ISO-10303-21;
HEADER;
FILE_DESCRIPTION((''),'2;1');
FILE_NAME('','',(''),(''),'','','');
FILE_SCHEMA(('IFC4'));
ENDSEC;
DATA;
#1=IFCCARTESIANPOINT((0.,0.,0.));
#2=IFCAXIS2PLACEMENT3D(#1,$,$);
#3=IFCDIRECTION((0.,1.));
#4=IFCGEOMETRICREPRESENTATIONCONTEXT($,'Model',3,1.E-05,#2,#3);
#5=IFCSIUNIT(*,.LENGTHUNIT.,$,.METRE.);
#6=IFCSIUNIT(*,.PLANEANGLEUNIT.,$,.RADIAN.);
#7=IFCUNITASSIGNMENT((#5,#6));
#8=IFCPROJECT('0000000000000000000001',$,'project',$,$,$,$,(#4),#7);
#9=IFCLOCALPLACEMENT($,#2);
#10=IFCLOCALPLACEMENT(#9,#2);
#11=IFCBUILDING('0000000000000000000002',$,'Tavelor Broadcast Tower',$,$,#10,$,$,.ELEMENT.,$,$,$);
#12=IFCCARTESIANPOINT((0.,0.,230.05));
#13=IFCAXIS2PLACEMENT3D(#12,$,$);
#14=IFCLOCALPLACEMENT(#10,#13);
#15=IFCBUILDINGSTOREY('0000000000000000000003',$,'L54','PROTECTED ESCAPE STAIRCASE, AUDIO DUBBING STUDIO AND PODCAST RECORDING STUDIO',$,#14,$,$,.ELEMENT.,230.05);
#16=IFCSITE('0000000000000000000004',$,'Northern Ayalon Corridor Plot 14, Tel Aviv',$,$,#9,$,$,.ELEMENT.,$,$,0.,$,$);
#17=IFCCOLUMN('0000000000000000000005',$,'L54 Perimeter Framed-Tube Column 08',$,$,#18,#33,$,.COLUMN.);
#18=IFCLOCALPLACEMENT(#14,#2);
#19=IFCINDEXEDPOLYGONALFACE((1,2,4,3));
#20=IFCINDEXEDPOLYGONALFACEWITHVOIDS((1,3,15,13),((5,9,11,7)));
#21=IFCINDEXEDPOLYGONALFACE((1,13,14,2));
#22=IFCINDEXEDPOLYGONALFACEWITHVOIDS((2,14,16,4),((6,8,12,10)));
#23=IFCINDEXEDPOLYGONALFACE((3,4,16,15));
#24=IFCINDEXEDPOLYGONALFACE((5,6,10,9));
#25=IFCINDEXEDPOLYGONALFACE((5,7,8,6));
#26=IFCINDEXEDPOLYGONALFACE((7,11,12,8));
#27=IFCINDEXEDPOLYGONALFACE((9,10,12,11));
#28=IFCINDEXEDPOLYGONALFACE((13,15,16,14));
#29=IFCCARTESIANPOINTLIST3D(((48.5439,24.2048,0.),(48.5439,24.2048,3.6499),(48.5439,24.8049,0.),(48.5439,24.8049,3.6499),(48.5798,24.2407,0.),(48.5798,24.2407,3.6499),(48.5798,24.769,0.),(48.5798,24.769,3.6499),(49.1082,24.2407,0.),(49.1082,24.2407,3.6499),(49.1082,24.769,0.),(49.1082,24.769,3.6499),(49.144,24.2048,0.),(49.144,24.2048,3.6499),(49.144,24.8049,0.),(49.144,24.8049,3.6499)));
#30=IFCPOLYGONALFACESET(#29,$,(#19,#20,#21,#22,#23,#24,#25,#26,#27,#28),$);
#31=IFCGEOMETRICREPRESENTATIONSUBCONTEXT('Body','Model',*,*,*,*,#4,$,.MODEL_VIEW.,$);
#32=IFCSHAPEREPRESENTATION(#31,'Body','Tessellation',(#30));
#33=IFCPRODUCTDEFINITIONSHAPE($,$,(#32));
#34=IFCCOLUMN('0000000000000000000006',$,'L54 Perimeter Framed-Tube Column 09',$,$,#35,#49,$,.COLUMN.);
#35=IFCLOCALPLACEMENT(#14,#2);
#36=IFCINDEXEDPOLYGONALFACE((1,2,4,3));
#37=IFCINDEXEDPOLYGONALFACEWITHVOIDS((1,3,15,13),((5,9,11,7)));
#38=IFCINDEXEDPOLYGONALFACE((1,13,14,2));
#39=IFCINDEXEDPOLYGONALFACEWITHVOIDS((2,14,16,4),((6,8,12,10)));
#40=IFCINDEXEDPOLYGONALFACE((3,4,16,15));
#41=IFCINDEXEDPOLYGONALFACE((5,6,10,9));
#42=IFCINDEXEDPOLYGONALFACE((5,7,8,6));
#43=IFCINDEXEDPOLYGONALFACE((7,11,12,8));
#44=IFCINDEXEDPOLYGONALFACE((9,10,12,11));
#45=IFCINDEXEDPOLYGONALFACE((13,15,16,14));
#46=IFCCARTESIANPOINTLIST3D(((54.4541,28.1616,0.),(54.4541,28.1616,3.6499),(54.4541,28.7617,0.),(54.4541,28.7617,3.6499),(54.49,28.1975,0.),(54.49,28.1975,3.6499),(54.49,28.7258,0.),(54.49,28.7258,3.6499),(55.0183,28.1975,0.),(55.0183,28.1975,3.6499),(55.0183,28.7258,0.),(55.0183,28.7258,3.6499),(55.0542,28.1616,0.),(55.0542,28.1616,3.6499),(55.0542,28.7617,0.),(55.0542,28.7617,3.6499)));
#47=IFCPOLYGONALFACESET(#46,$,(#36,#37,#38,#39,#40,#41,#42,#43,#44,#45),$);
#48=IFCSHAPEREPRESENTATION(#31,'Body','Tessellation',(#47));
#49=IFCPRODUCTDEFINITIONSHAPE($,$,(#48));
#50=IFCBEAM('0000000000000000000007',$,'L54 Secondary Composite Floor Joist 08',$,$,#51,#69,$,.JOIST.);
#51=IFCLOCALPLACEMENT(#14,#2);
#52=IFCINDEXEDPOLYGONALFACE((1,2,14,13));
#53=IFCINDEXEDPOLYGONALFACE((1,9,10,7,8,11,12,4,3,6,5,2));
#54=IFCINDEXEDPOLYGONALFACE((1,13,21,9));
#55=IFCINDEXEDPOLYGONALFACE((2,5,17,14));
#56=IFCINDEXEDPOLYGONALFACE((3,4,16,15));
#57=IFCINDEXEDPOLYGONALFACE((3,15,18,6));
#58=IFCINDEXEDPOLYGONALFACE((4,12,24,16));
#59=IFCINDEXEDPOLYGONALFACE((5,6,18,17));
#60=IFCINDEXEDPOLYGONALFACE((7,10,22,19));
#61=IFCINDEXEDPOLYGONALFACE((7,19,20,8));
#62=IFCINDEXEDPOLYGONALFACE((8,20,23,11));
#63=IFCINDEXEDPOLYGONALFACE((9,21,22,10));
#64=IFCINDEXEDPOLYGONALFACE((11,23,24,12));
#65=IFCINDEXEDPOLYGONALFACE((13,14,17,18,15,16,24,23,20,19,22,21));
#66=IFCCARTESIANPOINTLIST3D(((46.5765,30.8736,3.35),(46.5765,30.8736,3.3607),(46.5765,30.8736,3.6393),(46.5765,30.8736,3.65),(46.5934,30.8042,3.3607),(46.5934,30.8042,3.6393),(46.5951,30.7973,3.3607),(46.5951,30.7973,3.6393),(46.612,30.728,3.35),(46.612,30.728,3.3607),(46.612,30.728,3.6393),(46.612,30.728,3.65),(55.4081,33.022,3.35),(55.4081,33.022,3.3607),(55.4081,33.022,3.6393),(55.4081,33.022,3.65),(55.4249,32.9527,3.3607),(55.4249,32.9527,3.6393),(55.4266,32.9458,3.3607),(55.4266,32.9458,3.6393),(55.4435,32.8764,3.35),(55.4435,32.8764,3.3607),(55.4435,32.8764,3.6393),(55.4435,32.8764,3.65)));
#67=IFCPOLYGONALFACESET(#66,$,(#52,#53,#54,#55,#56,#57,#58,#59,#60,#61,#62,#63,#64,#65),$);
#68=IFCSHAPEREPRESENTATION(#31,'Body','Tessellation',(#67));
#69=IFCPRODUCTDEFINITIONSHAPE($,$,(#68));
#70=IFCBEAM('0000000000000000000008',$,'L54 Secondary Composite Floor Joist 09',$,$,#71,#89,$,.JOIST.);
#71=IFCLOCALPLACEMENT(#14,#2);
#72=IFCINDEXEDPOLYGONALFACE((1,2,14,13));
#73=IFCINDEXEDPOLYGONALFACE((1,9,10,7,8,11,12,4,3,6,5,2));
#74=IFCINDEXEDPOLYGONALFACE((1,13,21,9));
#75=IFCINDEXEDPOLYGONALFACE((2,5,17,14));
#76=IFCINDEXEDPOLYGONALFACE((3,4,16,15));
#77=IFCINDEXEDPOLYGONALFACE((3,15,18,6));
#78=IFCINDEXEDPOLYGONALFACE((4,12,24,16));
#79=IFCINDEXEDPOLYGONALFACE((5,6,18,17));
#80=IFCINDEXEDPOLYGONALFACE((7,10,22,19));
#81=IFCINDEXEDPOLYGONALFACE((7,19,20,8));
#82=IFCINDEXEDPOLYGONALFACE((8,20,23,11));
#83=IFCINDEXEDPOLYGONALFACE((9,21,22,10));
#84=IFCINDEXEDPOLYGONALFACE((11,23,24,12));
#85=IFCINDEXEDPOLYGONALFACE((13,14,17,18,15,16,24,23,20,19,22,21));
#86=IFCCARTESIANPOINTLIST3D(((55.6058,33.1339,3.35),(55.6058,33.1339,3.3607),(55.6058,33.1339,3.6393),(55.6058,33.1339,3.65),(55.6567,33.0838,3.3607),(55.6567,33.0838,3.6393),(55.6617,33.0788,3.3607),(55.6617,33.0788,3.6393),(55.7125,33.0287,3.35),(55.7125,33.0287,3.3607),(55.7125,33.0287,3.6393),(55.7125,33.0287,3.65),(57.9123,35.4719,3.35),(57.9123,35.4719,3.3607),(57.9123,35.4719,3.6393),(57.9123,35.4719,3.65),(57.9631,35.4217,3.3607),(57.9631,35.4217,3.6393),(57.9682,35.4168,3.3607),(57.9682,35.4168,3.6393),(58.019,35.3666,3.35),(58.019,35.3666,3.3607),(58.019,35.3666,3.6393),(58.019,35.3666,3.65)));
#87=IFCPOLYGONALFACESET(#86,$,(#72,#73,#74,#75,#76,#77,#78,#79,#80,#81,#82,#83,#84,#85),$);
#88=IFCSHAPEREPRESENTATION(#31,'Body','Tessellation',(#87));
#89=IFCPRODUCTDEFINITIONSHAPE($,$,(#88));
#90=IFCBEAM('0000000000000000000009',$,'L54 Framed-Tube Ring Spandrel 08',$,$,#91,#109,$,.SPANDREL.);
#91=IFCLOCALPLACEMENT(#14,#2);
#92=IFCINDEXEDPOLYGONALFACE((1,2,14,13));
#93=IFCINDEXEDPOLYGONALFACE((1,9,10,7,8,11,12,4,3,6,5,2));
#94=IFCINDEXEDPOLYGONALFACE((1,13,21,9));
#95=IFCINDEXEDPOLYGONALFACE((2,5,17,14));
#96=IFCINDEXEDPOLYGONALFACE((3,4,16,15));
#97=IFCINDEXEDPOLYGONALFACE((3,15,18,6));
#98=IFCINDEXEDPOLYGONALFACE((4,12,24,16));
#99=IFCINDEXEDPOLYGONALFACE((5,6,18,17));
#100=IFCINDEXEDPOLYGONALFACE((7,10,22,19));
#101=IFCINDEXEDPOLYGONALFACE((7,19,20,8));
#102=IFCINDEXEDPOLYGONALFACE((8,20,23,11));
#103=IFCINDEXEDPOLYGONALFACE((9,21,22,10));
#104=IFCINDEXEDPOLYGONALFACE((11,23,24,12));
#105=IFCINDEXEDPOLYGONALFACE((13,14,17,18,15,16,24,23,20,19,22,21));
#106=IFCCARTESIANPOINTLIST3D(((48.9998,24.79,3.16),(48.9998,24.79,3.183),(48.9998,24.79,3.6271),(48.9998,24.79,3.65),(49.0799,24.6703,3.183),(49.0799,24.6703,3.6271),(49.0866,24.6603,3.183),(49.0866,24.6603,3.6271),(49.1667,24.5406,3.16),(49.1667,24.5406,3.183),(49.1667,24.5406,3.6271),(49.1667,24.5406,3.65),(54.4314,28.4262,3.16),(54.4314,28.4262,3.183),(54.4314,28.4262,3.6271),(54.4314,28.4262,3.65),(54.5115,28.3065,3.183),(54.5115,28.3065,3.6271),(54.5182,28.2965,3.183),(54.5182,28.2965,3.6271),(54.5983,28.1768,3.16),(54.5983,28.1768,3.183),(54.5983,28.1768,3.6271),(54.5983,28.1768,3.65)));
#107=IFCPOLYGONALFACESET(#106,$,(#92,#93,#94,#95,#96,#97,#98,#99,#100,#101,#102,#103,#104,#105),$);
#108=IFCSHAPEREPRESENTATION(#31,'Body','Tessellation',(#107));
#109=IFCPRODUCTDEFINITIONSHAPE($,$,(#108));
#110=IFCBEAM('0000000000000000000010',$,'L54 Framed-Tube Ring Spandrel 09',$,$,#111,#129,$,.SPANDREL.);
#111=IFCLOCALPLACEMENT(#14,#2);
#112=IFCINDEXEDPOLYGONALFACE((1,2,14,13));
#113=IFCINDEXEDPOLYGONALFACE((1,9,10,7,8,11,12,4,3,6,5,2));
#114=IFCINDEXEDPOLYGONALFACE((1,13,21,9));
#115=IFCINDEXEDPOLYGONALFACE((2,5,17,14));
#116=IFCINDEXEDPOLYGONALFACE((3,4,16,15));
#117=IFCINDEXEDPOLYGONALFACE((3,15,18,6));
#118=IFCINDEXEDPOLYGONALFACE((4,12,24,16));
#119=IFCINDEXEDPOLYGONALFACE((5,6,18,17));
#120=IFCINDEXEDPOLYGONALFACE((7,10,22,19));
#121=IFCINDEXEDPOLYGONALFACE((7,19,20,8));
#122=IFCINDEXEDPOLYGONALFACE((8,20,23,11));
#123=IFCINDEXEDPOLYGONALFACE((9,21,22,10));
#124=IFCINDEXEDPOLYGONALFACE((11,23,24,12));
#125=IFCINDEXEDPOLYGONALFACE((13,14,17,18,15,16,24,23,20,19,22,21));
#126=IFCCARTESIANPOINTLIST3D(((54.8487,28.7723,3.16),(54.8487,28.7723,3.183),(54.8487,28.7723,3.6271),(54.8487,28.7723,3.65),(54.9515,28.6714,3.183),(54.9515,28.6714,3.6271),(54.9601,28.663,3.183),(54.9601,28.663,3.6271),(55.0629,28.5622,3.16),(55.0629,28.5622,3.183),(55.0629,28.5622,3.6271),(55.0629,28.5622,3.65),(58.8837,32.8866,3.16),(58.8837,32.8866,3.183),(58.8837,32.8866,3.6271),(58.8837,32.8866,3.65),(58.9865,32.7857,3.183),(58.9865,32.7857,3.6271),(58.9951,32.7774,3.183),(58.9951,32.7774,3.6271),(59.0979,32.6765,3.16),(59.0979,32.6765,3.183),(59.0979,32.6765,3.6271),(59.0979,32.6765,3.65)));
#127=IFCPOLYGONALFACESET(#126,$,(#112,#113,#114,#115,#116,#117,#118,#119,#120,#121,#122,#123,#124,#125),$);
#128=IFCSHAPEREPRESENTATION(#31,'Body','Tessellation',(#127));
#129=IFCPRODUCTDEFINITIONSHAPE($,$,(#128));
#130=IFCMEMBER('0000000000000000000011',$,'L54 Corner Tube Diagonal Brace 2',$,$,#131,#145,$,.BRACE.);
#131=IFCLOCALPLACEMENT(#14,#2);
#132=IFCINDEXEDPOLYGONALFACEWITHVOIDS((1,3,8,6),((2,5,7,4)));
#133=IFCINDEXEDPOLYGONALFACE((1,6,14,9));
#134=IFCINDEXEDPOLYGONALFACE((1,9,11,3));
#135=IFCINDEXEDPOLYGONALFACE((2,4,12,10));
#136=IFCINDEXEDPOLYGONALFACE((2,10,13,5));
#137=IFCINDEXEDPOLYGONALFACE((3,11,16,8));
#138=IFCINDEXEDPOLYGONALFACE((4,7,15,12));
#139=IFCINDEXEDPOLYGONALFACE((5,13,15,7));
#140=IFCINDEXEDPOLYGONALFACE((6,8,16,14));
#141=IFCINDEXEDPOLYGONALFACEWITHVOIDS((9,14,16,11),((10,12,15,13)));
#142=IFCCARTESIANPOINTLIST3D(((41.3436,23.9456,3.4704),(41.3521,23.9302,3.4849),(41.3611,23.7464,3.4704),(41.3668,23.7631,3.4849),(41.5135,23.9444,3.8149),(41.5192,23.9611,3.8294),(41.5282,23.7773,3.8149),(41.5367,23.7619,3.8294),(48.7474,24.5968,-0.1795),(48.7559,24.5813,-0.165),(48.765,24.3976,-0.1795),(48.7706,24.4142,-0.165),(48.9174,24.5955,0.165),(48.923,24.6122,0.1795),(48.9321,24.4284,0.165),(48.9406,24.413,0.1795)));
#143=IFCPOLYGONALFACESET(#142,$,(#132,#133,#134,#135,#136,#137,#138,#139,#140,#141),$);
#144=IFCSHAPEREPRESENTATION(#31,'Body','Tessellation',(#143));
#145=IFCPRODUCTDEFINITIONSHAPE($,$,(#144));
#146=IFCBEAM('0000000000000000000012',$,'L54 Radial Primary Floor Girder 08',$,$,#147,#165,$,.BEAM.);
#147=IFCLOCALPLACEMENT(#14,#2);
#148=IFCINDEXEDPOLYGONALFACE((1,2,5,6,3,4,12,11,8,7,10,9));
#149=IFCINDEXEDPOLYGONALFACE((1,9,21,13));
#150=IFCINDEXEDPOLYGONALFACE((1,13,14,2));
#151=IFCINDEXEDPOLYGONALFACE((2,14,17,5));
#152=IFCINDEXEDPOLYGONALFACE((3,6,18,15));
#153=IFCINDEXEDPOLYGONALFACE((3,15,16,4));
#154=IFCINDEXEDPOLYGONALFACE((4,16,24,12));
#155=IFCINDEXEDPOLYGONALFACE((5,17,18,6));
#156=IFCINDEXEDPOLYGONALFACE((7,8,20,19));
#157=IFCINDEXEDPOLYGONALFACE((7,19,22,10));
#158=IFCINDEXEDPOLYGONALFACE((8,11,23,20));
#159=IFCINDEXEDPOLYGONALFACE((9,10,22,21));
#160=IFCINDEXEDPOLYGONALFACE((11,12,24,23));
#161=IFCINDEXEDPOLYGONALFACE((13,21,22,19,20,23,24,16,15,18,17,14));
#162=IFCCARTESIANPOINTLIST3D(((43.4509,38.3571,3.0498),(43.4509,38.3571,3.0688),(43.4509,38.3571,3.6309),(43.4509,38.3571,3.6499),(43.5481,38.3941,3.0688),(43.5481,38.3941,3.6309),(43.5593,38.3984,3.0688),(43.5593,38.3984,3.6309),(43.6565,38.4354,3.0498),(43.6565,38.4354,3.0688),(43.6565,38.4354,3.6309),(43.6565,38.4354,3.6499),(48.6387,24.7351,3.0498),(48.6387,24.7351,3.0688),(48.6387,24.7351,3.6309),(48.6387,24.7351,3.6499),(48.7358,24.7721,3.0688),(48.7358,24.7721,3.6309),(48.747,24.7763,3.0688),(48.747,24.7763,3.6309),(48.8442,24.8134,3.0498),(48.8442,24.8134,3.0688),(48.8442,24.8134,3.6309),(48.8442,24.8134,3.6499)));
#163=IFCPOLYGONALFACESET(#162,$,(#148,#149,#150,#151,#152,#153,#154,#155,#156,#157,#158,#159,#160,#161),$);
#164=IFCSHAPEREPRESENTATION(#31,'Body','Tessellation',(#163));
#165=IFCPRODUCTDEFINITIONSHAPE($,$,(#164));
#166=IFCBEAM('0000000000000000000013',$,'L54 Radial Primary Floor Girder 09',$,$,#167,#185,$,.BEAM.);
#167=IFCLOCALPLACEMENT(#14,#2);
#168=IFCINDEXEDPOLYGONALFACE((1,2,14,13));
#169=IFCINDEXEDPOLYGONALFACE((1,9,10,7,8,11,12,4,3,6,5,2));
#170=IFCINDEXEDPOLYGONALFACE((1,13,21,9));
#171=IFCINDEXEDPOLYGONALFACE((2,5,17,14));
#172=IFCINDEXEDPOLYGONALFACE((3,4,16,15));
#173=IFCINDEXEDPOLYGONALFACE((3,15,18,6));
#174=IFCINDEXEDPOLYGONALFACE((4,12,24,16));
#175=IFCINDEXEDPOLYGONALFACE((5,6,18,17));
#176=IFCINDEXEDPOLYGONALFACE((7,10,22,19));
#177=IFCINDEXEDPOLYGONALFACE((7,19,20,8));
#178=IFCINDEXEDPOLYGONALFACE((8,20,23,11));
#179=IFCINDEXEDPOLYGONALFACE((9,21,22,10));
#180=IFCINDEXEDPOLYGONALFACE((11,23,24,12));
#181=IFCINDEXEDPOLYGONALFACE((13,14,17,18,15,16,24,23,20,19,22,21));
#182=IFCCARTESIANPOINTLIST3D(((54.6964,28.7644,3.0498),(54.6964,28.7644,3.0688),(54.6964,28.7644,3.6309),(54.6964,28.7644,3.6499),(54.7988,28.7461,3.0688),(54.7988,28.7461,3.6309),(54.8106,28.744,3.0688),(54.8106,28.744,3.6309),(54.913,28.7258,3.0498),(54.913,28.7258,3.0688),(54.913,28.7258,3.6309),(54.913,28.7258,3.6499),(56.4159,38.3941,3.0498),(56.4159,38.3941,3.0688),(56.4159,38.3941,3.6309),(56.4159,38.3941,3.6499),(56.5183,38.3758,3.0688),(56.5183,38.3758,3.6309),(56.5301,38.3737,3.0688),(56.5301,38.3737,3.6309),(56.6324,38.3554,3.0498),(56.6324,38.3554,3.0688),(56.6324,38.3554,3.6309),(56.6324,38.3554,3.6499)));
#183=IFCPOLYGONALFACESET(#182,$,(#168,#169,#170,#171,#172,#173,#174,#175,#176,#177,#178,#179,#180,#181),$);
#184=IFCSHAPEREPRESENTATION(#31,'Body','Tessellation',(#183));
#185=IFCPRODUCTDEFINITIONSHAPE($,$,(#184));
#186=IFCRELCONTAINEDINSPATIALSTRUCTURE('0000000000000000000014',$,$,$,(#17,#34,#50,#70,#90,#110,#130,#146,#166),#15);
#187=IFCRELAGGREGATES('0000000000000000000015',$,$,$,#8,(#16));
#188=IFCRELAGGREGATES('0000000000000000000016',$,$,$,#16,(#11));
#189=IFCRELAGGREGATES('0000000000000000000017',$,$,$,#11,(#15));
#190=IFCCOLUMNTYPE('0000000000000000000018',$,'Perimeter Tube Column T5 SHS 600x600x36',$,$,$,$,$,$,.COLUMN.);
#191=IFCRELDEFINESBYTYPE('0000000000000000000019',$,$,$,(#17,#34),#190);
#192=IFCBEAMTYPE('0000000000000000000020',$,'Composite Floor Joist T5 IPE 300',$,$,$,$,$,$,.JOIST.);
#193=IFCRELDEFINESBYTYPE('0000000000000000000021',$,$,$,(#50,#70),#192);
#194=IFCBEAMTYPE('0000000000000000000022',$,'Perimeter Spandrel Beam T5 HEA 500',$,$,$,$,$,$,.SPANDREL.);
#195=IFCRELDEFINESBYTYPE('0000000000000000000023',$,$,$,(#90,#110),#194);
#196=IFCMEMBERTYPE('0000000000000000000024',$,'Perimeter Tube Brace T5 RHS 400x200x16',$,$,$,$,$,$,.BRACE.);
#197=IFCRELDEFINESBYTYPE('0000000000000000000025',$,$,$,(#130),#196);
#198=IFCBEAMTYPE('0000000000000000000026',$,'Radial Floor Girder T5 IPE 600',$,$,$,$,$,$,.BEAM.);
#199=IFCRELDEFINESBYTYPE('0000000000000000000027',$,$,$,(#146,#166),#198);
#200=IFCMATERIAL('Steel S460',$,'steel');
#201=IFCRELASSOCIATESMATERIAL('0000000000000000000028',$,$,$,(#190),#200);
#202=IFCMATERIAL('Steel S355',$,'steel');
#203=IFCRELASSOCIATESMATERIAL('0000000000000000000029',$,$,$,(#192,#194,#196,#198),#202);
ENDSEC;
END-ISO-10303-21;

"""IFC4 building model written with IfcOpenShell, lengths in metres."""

from ifc_helpers import new_model, si_unit, direction, frame, origin, origin_2d, place, context, subcontext, project, spatial, hollow_rectangle, i_section, extrude, material, material_profile, profile_set, type_object, element, save


model = new_model("IFC4")

# Units and contexts
model_context = context("Model", 3, precision=1e-05, world=origin(), true_north=direction((0.0, 1.0)))
body_context = subcontext(model_context, "Body", "Model", "MODEL_VIEW")
ifc_project = project(units=[si_unit("LENGTHUNIT", "METRE"), si_unit("PLANEANGLEUNIT", "RADIAN")], contexts=[model_context])

# Site, building, storey
site_placement = place(None, origin())
site = spatial("IfcSite", under=ifc_project, at=site_placement, Name="Northern Ayalon Corridor Plot 14, Tel Aviv", CompositionType="ELEMENT", RefElevation=0.0)
building_placement = place(site_placement, origin())
building = spatial("IfcBuilding", under=site, at=building_placement, Name="Tavelor Broadcast Tower", CompositionType="ELEMENT")
storey_placement = place(building_placement, frame((0.0, 0.0, 230.05)))
storey = spatial("IfcBuildingStorey", under=building, at=storey_placement, Name="L54", Description="PROTECTED ESCAPE STAIRCASE, AUDIO DUBBING STUDIO AND PODCAST RECORDING STUDIO", CompositionType="ELEMENT", Elevation=230.05)

# Columns
ifc_material_1 = material(Name="Steel S460", Category="steel")
ifc_material_profile_1 = material_profile(ifc_material_1, hollow_rectangle(XDim=0.6001, YDim=0.6001, WallThickness=0.0359, at=origin_2d()), Name="SHS 600x600x36")
ifc_profile_set_1 = profile_set([ifc_material_profile_1], Name="Steel S460")
column_type = type_object("IfcColumnType", Name="Perimeter Tube Column T5 SHS 600x600x36", PredefinedType="COLUMN", material=ifc_profile_set_1)
for number, where, z_axis, x_axis, name in (
    (1, (48.844, 24.5049, 0.0), (0.0, 0.0, 1.0), (1.0, 0.0, 0.0), "L54 Perimeter Framed-Tube Column 08"),
    (2, (54.7542, 28.4617, 0.0), (0.0, 0.0, 1.0), (1.0, 0.0, 0.0), "L54 Perimeter Framed-Tube Column 09"),
):
    element("IfcColumn", number, at=place(storey_placement, frame(where, z_axis=z_axis, x_axis=x_axis)), inside=storey, type_object=column_type, Name=name, PredefinedType="COLUMN", context=body_context, shape_type="SweptSolid", body=[
        extrude(hollow_rectangle(XDim=0.6001, YDim=0.6001, WallThickness=0.0359, at=origin_2d()), origin(), (0.0, 0.0, 1.0), 3.6499),
    ])

# Beams
ifc_material_2 = material(Name="Steel S355", Category="steel")
ifc_material_profile_2 = material_profile(ifc_material_2, i_section(OverallWidth=0.1499, OverallDepth=0.3, WebThickness=0.0071, FlangeThickness=0.0107, at=origin_2d()), Name="IPE 300")
ifc_profile_set_2 = profile_set([ifc_material_profile_2], Name="Steel S355")
beam_type_1 = type_object("IfcBeamType", Name="Composite Floor Joist T5 IPE 300", PredefinedType="JOIST", material=ifc_profile_set_2)
beam_1_placement = place(storey_placement, frame((46.5942, 30.8008, 3.5), z_axis=(0.971662, 0.236375, 0.0), x_axis=(-0.236375, 0.971662, 0.0)))
element("IfcBeam", 3, at=beam_1_placement, inside=storey, type_object=beam_type_1, Name="L54 Secondary Composite Floor Joist 08", PredefinedType="JOIST", context=body_context, shape_type="SweptSolid", body=[
    extrude(i_section(OverallWidth=0.1499, OverallDepth=0.3, WebThickness=0.0071, FlangeThickness=0.0107, at=origin_2d()), origin(), (0.0, 0.0, 1.0), 9.0891),
])
beam_2_placement = place(storey_placement, frame((55.6592, 33.0813, 3.5), z_axis=(0.702296, 0.711885, 0.0), x_axis=(-0.711885, 0.702296, 0.0)))
element("IfcBeam", 4, at=beam_2_placement, inside=storey, type_object=beam_type_1, Name="L54 Secondary Composite Floor Joist 09", PredefinedType="JOIST", context=body_context, shape_type="SweptSolid", body=[
    extrude(i_section(OverallWidth=0.1499, OverallDepth=0.3, WebThickness=0.0071, FlangeThickness=0.0107, at=origin_2d()), origin(), (0.0, 0.0, 1.0), 3.2842),
])
ifc_material_profile_3 = material_profile(ifc_material_2, i_section(OverallWidth=0.3, OverallDepth=0.49, WebThickness=0.012, FlangeThickness=0.0229, at=origin_2d()), Name="HEA 500")
ifc_profile_set_3 = profile_set([ifc_material_profile_3], Name="Steel S355")
beam_type_2 = type_object("IfcBeamType", Name="Perimeter Spandrel Beam T5 HEA 500", PredefinedType="SPANDREL", material=ifc_profile_set_3)
beam_3_placement = place(storey_placement, frame((49.0833, 24.6653, 3.405), z_axis=(0.83098, 0.556302, 0.0), x_axis=(-0.556302, 0.83098, 0.0)))
element("IfcBeam", 5, at=beam_3_placement, inside=storey, type_object=beam_type_2, Name="L54 Framed-Tube Ring Spandrel 08", PredefinedType="SPANDREL", context=body_context, shape_type="SweptSolid", body=[
    extrude(i_section(OverallWidth=0.3, OverallDepth=0.49, WebThickness=0.012, FlangeThickness=0.0229, at=origin_2d()), origin(), (0.0, 0.0, 1.0), 6.5364),
])
beam_4_placement = place(storey_placement, frame((54.9558, 28.6672, 3.405), z_axis=(0.700189, 0.713958, 0.0), x_axis=(-0.713958, 0.700189, 0.0)))
element("IfcBeam", 6, at=beam_4_placement, inside=storey, type_object=beam_type_2, Name="L54 Framed-Tube Ring Spandrel 09", PredefinedType="SPANDREL", context=body_context, shape_type="SweptSolid", body=[
    extrude(i_section(OverallWidth=0.3, OverallDepth=0.49, WebThickness=0.012, FlangeThickness=0.0229, at=origin_2d()), origin(), (0.0, 0.0, 1.0), 5.7627),
])

# Member
ifc_material_profile_4 = material_profile(ifc_material_2, hollow_rectangle(XDim=0.2, YDim=0.3999, WallThickness=0.0161, at=origin_2d()), Name="RHS 400x200x16")
ifc_profile_set_4 = profile_set([ifc_material_profile_4], Name="Steel S355")
member_type_1 = type_object("IfcMemberType", Name="Perimeter Tube Brace T5 RHS 400x200x16", PredefinedType="BRACE", material=ifc_profile_set_4)
member_1_placement = place(storey_placement, frame((48.844, 24.5049, 0.0), z_axis=(-0.894155, -0.078636, 0.440797), x_axis=(0.087606, -0.996155, 0.0)))
element("IfcMember", 7, at=member_1_placement, inside=storey, type_object=member_type_1, Name="L54 Corner Tube Diagonal Brace 2", PredefinedType="BRACE", context=body_context, shape_type="SweptSolid", body=[
    extrude(hollow_rectangle(XDim=0.2, YDim=0.3999, WallThickness=0.0161, at=origin_2d()), origin(), (0.0, 0.0, 1.0), 8.2803),
])

# Beams
ifc_material_profile_5 = material_profile(ifc_material_2, i_section(OverallWidth=0.22, OverallDepth=0.6001, WebThickness=0.012, FlangeThickness=0.019, at=origin_2d()), Name="IPE 600")
ifc_profile_set_5 = profile_set([ifc_material_profile_5], Name="Steel S355")
beam_type_3 = type_object("IfcBeamType", Name="Radial Floor Girder T5 IPE 600", PredefinedType="BEAM", material=ifc_profile_set_5)
beam_5_placement = place(storey_placement, frame((43.5537, 38.3962, 3.3499), z_axis=(0.355899, -0.934525, 0.0), x_axis=(0.934525, 0.355899, 0.0)))
element("IfcBeam", 8, at=beam_5_placement, inside=storey, type_object=beam_type_3, Name="L54 Radial Primary Floor Girder 08", PredefinedType="BEAM", context=body_context, shape_type="SweptSolid", body=[
    extrude(i_section(OverallWidth=0.22, OverallDepth=0.6001, WebThickness=0.012, FlangeThickness=0.019, at=origin_2d()), origin(), (0.0, 0.0, 1.0), 14.5764),
])
beam_6_placement = place(storey_placement, frame((56.5242, 38.3748, 3.3499), z_axis=(-0.175781, -0.984429, 0.0), x_axis=(0.984429, -0.175781, 0.0)))
element("IfcBeam", 9, at=beam_6_placement, inside=storey, type_object=beam_type_3, Name="L54 Radial Primary Floor Girder 09", PredefinedType="BEAM", context=body_context, shape_type="SweptSolid", body=[
    extrude(i_section(OverallWidth=0.22, OverallDepth=0.6001, WebThickness=0.012, FlangeThickness=0.019, at=origin_2d()), origin(), (0.0, 0.0, 1.0), 9.782),
])

save(model, "model.ifc")
